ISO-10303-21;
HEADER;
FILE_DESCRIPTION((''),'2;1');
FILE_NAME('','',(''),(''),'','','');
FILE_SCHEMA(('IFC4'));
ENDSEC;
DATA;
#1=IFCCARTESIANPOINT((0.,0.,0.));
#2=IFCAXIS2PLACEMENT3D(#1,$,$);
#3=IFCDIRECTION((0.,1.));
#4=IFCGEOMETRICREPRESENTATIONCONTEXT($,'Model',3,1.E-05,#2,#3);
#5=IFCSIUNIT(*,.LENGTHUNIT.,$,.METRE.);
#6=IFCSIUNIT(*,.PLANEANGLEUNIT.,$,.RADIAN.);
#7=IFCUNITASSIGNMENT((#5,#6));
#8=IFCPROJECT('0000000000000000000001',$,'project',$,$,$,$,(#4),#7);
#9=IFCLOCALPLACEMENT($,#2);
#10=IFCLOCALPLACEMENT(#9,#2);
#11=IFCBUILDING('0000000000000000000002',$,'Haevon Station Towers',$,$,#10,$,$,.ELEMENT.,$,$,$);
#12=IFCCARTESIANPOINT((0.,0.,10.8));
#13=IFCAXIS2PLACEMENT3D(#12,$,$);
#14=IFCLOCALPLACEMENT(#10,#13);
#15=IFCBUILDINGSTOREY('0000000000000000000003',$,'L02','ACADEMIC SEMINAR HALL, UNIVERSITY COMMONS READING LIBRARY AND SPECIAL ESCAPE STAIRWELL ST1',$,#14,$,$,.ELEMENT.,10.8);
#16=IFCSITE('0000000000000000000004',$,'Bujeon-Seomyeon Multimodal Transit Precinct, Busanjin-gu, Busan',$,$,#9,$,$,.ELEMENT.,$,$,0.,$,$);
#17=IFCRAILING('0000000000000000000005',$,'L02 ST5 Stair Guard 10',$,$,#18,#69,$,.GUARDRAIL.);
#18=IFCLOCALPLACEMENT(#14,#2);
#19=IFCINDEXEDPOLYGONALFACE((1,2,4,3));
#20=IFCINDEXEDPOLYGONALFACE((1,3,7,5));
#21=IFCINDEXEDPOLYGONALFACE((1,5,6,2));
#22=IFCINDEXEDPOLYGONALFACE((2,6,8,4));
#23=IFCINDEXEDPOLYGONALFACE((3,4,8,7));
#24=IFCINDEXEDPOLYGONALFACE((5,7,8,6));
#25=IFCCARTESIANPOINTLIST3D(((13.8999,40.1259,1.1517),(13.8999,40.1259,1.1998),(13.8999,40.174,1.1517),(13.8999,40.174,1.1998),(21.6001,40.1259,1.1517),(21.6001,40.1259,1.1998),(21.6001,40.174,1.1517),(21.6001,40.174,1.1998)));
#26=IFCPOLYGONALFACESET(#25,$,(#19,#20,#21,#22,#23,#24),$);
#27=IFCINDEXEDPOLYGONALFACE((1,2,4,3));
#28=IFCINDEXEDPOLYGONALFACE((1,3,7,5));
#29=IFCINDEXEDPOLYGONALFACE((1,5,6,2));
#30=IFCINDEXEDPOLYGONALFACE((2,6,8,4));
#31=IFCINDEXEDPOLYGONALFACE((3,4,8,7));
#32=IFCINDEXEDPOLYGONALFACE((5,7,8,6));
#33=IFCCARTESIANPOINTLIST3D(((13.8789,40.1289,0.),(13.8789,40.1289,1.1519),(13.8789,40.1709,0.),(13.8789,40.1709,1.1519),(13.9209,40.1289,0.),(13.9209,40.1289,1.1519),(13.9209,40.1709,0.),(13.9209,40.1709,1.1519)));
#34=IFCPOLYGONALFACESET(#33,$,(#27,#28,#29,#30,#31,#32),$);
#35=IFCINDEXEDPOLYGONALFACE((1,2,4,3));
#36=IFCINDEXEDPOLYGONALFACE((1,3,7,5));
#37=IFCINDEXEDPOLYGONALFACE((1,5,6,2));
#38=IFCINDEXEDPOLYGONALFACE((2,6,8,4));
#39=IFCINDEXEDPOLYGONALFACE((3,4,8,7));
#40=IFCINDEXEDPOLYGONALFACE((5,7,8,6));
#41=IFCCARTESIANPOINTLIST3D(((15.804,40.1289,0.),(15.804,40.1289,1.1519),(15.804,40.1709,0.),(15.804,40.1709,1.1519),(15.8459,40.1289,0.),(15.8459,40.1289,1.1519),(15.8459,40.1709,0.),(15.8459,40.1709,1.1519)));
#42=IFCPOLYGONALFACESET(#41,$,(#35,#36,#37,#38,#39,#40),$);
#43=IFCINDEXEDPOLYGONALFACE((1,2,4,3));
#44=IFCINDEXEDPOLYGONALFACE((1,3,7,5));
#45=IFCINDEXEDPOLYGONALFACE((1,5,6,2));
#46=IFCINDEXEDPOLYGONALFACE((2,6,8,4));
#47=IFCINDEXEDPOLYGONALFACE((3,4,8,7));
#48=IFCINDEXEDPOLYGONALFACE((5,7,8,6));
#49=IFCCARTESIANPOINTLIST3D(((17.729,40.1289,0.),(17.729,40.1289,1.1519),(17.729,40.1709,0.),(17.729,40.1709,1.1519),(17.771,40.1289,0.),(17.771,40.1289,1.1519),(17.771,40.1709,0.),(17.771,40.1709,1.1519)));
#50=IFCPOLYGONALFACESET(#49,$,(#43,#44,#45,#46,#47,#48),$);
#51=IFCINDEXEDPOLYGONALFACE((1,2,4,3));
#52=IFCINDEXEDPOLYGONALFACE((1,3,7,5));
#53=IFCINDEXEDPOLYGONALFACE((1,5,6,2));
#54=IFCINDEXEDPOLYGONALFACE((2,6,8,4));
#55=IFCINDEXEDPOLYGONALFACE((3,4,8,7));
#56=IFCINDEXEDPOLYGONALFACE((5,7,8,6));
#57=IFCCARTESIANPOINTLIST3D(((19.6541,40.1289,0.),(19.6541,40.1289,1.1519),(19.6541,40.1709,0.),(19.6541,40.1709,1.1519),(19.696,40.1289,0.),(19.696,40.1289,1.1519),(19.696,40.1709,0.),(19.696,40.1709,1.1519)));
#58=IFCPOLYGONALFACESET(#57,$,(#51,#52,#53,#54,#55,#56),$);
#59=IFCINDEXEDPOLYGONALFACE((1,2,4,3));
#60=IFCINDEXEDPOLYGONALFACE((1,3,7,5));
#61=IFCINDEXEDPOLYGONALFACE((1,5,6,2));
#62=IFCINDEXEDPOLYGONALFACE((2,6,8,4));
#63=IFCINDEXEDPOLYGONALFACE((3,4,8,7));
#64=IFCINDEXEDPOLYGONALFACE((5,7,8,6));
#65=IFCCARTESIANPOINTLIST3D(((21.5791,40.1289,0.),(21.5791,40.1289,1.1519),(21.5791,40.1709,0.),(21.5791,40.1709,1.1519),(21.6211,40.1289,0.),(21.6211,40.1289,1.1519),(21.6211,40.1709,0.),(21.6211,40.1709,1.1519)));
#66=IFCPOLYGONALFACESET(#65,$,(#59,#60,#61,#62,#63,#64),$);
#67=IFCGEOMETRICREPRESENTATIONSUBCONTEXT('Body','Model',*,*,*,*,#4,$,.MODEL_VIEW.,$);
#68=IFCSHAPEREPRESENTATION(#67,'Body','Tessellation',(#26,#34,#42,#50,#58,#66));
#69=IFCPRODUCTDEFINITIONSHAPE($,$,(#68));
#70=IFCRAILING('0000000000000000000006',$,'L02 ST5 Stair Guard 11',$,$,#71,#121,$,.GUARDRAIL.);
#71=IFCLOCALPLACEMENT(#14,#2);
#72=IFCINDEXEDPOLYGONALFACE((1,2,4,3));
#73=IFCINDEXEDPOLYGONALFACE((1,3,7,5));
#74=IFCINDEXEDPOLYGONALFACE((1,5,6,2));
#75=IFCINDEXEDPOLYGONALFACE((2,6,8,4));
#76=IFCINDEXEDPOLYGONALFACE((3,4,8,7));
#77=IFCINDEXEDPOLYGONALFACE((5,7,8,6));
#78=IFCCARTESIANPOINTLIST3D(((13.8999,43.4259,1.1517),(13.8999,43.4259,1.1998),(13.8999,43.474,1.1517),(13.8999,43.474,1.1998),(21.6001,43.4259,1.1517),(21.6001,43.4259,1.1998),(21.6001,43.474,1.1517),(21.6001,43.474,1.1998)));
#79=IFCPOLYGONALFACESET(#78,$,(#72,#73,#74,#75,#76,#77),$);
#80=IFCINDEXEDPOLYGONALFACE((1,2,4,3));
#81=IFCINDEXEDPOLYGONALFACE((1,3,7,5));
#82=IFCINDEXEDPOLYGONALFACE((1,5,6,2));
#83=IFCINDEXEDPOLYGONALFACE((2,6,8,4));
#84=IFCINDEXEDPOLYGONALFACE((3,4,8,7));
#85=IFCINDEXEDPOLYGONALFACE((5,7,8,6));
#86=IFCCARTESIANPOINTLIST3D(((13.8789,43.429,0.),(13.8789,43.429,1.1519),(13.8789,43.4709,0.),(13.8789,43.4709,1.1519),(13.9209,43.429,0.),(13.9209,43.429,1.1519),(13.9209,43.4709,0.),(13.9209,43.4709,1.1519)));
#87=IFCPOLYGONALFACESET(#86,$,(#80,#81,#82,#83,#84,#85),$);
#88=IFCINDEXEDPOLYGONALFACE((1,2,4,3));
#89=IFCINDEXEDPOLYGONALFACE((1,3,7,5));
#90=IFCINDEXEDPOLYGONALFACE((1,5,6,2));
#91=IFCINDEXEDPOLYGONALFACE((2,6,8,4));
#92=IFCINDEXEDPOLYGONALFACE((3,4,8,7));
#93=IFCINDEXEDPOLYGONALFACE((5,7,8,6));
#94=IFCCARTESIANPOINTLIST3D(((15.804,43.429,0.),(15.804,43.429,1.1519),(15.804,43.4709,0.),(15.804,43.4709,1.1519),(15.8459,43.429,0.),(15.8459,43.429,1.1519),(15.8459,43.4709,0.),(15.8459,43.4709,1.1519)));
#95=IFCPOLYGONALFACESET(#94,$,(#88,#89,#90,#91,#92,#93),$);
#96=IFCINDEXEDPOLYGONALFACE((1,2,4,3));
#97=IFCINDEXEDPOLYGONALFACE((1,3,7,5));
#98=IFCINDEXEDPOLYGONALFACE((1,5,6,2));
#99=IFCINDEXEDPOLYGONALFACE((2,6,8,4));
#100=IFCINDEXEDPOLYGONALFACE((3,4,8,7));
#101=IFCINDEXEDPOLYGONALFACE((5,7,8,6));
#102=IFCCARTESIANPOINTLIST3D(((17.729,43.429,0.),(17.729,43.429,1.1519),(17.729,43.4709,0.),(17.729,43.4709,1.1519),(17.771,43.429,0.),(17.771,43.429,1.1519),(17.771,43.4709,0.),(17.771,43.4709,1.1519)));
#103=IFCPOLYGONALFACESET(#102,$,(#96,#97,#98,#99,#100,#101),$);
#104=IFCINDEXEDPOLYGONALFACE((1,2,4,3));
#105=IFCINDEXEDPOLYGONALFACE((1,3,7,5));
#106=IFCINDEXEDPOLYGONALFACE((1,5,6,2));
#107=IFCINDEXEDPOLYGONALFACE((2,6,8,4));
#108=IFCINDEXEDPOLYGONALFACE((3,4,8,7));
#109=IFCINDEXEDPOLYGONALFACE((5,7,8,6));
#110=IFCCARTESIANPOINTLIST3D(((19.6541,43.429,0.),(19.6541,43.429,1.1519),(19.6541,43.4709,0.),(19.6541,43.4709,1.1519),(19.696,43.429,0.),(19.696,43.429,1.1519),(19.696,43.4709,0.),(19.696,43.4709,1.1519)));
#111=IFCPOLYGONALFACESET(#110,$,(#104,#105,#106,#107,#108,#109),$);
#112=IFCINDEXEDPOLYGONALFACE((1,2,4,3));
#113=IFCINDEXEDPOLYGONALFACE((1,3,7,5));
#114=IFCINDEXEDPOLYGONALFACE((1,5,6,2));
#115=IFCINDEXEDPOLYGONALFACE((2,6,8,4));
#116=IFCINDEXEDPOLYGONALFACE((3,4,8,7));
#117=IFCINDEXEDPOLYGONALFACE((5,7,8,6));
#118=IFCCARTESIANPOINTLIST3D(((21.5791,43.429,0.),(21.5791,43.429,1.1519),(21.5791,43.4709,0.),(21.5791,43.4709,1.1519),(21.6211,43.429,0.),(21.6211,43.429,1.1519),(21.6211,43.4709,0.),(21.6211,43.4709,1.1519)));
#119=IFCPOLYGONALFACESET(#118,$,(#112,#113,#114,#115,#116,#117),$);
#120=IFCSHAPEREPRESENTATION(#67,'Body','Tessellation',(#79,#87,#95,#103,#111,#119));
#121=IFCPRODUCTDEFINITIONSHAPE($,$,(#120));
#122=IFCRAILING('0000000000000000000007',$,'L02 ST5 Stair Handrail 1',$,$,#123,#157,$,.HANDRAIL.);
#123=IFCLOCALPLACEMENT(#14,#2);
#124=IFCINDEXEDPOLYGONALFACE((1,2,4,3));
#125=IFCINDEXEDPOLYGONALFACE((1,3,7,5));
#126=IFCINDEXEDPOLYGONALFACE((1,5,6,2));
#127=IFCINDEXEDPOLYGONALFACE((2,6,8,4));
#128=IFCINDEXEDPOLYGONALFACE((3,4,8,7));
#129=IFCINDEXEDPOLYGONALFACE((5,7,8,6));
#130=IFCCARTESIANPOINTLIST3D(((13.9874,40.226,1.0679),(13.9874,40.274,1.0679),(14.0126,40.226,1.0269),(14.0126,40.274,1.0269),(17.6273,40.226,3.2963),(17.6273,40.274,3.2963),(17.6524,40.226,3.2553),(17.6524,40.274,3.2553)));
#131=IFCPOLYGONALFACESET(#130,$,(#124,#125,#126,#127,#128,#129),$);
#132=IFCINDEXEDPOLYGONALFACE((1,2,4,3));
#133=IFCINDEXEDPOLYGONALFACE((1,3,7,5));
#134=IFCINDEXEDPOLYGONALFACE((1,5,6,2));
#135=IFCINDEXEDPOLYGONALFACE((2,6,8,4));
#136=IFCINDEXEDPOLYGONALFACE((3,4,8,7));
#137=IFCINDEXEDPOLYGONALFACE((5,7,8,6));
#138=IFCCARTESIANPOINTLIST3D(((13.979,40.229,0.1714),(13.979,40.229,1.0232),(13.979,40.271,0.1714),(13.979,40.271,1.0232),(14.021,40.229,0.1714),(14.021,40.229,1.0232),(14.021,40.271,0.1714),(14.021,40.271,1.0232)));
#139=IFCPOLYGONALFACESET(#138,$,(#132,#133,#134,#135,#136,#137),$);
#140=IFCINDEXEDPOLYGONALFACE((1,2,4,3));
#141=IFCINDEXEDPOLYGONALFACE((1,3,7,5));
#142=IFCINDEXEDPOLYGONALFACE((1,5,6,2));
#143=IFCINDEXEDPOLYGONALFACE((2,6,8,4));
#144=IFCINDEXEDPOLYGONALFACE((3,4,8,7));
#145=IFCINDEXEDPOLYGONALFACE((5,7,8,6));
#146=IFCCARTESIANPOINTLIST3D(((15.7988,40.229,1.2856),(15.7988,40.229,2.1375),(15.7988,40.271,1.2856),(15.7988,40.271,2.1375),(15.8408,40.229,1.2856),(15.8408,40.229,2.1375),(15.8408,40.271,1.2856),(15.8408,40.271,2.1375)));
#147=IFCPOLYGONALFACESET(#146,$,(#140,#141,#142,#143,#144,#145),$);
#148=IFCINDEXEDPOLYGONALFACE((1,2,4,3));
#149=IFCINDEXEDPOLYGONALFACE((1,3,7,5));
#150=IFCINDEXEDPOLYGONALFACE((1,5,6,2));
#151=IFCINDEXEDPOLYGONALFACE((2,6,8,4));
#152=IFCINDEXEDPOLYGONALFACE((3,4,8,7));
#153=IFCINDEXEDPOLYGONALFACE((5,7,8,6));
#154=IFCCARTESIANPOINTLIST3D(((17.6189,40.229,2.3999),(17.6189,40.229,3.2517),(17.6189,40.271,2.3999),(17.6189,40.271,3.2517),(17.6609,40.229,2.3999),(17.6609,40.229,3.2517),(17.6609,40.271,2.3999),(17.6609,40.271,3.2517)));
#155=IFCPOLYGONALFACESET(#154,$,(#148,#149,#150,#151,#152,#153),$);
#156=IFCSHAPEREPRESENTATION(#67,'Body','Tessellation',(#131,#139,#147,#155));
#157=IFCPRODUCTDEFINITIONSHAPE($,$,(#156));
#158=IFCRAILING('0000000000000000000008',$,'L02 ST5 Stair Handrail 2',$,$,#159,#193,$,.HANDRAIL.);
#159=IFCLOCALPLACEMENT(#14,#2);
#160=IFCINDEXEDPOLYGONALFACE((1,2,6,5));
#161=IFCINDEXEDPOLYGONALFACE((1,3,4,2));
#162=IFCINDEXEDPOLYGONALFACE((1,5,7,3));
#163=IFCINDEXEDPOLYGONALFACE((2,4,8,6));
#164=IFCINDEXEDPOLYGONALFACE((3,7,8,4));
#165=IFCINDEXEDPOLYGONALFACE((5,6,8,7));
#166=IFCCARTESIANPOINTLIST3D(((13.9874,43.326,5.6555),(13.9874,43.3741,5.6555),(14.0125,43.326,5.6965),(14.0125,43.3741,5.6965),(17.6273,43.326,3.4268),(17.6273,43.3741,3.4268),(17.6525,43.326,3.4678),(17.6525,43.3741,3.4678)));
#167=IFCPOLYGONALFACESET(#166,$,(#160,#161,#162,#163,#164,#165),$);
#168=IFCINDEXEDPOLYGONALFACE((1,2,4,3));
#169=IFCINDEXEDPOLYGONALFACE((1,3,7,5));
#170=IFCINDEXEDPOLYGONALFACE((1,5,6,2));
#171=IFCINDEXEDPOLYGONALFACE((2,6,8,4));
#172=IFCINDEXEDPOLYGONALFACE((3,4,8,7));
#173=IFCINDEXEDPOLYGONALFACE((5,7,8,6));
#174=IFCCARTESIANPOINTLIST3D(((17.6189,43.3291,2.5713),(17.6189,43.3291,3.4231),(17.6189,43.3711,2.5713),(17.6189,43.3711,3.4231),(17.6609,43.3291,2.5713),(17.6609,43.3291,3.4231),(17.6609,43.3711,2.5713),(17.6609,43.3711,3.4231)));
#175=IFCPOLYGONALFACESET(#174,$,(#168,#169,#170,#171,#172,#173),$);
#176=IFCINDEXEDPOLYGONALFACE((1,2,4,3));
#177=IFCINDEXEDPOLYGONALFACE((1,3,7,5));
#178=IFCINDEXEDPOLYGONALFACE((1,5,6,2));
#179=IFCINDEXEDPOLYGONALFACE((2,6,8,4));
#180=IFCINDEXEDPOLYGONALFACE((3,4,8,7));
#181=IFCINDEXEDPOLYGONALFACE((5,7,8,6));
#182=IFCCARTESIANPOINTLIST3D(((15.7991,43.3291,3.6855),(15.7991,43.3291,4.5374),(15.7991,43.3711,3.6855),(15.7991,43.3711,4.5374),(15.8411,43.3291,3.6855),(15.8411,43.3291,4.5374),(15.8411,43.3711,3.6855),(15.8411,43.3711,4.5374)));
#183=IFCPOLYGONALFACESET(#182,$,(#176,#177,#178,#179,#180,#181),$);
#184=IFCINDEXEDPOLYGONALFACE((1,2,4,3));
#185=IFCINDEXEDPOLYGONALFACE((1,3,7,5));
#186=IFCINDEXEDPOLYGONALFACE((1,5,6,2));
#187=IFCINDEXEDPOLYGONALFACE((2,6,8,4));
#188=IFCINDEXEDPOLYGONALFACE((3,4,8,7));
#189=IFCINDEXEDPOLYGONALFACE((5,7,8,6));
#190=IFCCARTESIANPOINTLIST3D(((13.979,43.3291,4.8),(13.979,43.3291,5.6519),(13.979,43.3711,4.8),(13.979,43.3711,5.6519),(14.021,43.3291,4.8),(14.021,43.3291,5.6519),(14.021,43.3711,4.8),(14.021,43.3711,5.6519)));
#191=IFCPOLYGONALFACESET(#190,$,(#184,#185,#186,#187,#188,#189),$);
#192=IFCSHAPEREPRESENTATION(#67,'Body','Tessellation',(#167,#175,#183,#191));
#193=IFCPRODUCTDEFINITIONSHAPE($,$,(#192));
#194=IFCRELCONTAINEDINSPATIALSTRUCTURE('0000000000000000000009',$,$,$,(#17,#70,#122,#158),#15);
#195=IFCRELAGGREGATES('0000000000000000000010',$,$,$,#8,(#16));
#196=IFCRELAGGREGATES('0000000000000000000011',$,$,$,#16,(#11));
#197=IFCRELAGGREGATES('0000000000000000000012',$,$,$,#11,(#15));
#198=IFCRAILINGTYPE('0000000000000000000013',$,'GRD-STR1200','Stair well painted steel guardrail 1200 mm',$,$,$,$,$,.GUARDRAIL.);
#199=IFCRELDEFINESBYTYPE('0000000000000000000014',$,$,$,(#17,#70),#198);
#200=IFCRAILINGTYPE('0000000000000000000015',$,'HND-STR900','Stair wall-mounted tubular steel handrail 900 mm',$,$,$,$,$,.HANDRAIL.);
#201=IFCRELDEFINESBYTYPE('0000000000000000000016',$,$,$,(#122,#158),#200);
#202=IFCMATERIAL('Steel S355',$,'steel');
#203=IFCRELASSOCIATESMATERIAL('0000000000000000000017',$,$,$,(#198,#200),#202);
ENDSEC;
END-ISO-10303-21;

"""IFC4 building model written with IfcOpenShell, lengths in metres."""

from ifc_helpers import new_model, si_unit, direction, frame, origin, origin_2d, place, context, subcontext, project, spatial, rectangle, extrude, material, type_object, element, save


model = new_model("IFC4")

# Units and contexts
model_context = context("Model", 3, precision=1e-05, world=origin(), true_north=direction((0.0, 1.0)))
body_context = subcontext(model_context, "Body", "Model", "MODEL_VIEW")
ifc_project = project(units=[si_unit("LENGTHUNIT", "METRE"), si_unit("PLANEANGLEUNIT", "RADIAN")], contexts=[model_context])

# Site, building, storey
site_placement = place(None, origin())
site = spatial("IfcSite", under=ifc_project, at=site_placement, Name="Bujeon-Seomyeon Multimodal Transit Precinct, Busanjin-gu, Busan", CompositionType="ELEMENT", RefElevation=0.0)
building_placement = place(site_placement, origin())
building = spatial("IfcBuilding", under=site, at=building_placement, Name="Haevon Station Towers", CompositionType="ELEMENT")
storey_placement = place(building_placement, frame((0.0, 0.0, 10.8)))
storey = spatial("IfcBuildingStorey", under=building, at=storey_placement, Name="L02", Description="ACADEMIC SEMINAR HALL, UNIVERSITY COMMONS READING LIBRARY AND SPECIAL ESCAPE STAIRWELL ST1", CompositionType="ELEMENT", Elevation=10.8)

# Shared definitions
ifc_material_1 = material(Name="Steel S355", Category="steel")

# Railings
railing_type_1 = type_object("IfcRailingType", Name="GRD-STR1200", Description="Stair well painted steel guardrail 1200 mm", PredefinedType="GUARDRAIL", material=ifc_material_1)
for number, where, name in (
    (1, (13.8999, 40.1499, 0.0), "L02 ST5 Stair Guard 10"),
    (2, (13.8999, 43.45, 0.0), "L02 ST5 Stair Guard 11"),
):
    element("IfcRailing", number, at=place(storey_placement, frame(where)), inside=storey, type_object=railing_type_1, Name=name, PredefinedType="GUARDRAIL", context=body_context, shape_type="SweptSolid", body=[
        extrude(rectangle(XDim=0.0481, YDim=0.0481, at=origin_2d()), frame((0.0, 0.0, 1.1758), z_axis=(1.0, 0.0, 0.0), x_axis=(0.0, 1.0, 0.0)), (0.0, 0.0, 1.0), 7.7002),
        extrude(rectangle(XDim=0.042, YDim=0.042, at=origin_2d()), origin(), (0.0, 0.0, 1.0), 1.1519),
        extrude(rectangle(XDim=0.042, YDim=0.042, at=origin_2d()), frame((1.925, 0.0, 0.0)), (0.0, 0.0, 1.0), 1.1519),
        extrude(rectangle(XDim=0.042, YDim=0.042, at=origin_2d()), frame((3.8501, 0.0, 0.0)), (0.0, 0.0, 1.0), 1.1519),
        extrude(rectangle(XDim=0.042, YDim=0.042, at=origin_2d()), frame((5.7751, 0.0, 0.0)), (0.0, 0.0, 1.0), 1.1519),
        extrude(rectangle(XDim=0.042, YDim=0.042, at=origin_2d()), frame((7.7002, 0.0, 0.0)), (0.0, 0.0, 1.0), 1.1519),
    ])
railing_type_2 = type_object("IfcRailingType", Name="HND-STR900", Description="Stair wall-mounted tubular steel handrail 900 mm", PredefinedType="HANDRAIL", material=ifc_material_1)
railing_1_placement = place(storey_placement, frame((14.0, 40.25, 0.1714)))
element("IfcRailing", 3, at=railing_1_placement, inside=storey, type_object=railing_type_2, Name="L02 ST5 Stair Handrail 1", PredefinedType="HANDRAIL", context=body_context, shape_type="SweptSolid", body=[
    extrude(rectangle(XDim=0.0481, YDim=0.0481, at=origin_2d()), frame((0.0, 0.0, 0.876), z_axis=(0.85285, 0.0, 0.522156), x_axis=(0.0, 1.0, 0.0)), (0.0, 0.0, 1.0), 4.2678),
    extrude(rectangle(XDim=0.042, YDim=0.042, at=origin_2d()), origin(), (0.0, 0.0, 1.0), 0.8518),
    extrude(rectangle(XDim=0.042, YDim=0.042, at=origin_2d()), frame((1.8198, 0.0, 1.1143)), (0.0, 0.0, 1.0), 0.8518),
    extrude(rectangle(XDim=0.042, YDim=0.042, at=origin_2d()), frame((3.6399, 0.0, 2.2285)), (0.0, 0.0, 1.0), 0.8518),
])
railing_2_placement = place(storey_placement, frame((17.6399, 43.3501, 2.5713)))
element("IfcRailing", 4, at=railing_2_placement, inside=storey, type_object=railing_type_2, Name="L02 ST5 Stair Handrail 2", PredefinedType="HANDRAIL", context=body_context, shape_type="SweptSolid", body=[
    extrude(rectangle(XDim=0.0481, YDim=0.0481, at=origin_2d()), frame((0.0, 0.0, 0.876), z_axis=(-0.852825, 0.0, 0.522197), x_axis=(0.0, -1.0, 0.0)), (0.0, 0.0, 1.0), 4.2681),
    extrude(rectangle(XDim=0.042, YDim=0.042, at=origin_2d()), origin(), (0.0, 0.0, 1.0), 0.8518),
    extrude(rectangle(XDim=0.042, YDim=0.042, at=origin_2d()), frame((-1.8198, 0.0, 1.1143)), (0.0, 0.0, 1.0), 0.8518),
    extrude(rectangle(XDim=0.042, YDim=0.042, at=origin_2d()), frame((-3.6399, 0.0, 2.2288)), (0.0, 0.0, 1.0), 0.8518),
])

save(model, "model.ifc")
